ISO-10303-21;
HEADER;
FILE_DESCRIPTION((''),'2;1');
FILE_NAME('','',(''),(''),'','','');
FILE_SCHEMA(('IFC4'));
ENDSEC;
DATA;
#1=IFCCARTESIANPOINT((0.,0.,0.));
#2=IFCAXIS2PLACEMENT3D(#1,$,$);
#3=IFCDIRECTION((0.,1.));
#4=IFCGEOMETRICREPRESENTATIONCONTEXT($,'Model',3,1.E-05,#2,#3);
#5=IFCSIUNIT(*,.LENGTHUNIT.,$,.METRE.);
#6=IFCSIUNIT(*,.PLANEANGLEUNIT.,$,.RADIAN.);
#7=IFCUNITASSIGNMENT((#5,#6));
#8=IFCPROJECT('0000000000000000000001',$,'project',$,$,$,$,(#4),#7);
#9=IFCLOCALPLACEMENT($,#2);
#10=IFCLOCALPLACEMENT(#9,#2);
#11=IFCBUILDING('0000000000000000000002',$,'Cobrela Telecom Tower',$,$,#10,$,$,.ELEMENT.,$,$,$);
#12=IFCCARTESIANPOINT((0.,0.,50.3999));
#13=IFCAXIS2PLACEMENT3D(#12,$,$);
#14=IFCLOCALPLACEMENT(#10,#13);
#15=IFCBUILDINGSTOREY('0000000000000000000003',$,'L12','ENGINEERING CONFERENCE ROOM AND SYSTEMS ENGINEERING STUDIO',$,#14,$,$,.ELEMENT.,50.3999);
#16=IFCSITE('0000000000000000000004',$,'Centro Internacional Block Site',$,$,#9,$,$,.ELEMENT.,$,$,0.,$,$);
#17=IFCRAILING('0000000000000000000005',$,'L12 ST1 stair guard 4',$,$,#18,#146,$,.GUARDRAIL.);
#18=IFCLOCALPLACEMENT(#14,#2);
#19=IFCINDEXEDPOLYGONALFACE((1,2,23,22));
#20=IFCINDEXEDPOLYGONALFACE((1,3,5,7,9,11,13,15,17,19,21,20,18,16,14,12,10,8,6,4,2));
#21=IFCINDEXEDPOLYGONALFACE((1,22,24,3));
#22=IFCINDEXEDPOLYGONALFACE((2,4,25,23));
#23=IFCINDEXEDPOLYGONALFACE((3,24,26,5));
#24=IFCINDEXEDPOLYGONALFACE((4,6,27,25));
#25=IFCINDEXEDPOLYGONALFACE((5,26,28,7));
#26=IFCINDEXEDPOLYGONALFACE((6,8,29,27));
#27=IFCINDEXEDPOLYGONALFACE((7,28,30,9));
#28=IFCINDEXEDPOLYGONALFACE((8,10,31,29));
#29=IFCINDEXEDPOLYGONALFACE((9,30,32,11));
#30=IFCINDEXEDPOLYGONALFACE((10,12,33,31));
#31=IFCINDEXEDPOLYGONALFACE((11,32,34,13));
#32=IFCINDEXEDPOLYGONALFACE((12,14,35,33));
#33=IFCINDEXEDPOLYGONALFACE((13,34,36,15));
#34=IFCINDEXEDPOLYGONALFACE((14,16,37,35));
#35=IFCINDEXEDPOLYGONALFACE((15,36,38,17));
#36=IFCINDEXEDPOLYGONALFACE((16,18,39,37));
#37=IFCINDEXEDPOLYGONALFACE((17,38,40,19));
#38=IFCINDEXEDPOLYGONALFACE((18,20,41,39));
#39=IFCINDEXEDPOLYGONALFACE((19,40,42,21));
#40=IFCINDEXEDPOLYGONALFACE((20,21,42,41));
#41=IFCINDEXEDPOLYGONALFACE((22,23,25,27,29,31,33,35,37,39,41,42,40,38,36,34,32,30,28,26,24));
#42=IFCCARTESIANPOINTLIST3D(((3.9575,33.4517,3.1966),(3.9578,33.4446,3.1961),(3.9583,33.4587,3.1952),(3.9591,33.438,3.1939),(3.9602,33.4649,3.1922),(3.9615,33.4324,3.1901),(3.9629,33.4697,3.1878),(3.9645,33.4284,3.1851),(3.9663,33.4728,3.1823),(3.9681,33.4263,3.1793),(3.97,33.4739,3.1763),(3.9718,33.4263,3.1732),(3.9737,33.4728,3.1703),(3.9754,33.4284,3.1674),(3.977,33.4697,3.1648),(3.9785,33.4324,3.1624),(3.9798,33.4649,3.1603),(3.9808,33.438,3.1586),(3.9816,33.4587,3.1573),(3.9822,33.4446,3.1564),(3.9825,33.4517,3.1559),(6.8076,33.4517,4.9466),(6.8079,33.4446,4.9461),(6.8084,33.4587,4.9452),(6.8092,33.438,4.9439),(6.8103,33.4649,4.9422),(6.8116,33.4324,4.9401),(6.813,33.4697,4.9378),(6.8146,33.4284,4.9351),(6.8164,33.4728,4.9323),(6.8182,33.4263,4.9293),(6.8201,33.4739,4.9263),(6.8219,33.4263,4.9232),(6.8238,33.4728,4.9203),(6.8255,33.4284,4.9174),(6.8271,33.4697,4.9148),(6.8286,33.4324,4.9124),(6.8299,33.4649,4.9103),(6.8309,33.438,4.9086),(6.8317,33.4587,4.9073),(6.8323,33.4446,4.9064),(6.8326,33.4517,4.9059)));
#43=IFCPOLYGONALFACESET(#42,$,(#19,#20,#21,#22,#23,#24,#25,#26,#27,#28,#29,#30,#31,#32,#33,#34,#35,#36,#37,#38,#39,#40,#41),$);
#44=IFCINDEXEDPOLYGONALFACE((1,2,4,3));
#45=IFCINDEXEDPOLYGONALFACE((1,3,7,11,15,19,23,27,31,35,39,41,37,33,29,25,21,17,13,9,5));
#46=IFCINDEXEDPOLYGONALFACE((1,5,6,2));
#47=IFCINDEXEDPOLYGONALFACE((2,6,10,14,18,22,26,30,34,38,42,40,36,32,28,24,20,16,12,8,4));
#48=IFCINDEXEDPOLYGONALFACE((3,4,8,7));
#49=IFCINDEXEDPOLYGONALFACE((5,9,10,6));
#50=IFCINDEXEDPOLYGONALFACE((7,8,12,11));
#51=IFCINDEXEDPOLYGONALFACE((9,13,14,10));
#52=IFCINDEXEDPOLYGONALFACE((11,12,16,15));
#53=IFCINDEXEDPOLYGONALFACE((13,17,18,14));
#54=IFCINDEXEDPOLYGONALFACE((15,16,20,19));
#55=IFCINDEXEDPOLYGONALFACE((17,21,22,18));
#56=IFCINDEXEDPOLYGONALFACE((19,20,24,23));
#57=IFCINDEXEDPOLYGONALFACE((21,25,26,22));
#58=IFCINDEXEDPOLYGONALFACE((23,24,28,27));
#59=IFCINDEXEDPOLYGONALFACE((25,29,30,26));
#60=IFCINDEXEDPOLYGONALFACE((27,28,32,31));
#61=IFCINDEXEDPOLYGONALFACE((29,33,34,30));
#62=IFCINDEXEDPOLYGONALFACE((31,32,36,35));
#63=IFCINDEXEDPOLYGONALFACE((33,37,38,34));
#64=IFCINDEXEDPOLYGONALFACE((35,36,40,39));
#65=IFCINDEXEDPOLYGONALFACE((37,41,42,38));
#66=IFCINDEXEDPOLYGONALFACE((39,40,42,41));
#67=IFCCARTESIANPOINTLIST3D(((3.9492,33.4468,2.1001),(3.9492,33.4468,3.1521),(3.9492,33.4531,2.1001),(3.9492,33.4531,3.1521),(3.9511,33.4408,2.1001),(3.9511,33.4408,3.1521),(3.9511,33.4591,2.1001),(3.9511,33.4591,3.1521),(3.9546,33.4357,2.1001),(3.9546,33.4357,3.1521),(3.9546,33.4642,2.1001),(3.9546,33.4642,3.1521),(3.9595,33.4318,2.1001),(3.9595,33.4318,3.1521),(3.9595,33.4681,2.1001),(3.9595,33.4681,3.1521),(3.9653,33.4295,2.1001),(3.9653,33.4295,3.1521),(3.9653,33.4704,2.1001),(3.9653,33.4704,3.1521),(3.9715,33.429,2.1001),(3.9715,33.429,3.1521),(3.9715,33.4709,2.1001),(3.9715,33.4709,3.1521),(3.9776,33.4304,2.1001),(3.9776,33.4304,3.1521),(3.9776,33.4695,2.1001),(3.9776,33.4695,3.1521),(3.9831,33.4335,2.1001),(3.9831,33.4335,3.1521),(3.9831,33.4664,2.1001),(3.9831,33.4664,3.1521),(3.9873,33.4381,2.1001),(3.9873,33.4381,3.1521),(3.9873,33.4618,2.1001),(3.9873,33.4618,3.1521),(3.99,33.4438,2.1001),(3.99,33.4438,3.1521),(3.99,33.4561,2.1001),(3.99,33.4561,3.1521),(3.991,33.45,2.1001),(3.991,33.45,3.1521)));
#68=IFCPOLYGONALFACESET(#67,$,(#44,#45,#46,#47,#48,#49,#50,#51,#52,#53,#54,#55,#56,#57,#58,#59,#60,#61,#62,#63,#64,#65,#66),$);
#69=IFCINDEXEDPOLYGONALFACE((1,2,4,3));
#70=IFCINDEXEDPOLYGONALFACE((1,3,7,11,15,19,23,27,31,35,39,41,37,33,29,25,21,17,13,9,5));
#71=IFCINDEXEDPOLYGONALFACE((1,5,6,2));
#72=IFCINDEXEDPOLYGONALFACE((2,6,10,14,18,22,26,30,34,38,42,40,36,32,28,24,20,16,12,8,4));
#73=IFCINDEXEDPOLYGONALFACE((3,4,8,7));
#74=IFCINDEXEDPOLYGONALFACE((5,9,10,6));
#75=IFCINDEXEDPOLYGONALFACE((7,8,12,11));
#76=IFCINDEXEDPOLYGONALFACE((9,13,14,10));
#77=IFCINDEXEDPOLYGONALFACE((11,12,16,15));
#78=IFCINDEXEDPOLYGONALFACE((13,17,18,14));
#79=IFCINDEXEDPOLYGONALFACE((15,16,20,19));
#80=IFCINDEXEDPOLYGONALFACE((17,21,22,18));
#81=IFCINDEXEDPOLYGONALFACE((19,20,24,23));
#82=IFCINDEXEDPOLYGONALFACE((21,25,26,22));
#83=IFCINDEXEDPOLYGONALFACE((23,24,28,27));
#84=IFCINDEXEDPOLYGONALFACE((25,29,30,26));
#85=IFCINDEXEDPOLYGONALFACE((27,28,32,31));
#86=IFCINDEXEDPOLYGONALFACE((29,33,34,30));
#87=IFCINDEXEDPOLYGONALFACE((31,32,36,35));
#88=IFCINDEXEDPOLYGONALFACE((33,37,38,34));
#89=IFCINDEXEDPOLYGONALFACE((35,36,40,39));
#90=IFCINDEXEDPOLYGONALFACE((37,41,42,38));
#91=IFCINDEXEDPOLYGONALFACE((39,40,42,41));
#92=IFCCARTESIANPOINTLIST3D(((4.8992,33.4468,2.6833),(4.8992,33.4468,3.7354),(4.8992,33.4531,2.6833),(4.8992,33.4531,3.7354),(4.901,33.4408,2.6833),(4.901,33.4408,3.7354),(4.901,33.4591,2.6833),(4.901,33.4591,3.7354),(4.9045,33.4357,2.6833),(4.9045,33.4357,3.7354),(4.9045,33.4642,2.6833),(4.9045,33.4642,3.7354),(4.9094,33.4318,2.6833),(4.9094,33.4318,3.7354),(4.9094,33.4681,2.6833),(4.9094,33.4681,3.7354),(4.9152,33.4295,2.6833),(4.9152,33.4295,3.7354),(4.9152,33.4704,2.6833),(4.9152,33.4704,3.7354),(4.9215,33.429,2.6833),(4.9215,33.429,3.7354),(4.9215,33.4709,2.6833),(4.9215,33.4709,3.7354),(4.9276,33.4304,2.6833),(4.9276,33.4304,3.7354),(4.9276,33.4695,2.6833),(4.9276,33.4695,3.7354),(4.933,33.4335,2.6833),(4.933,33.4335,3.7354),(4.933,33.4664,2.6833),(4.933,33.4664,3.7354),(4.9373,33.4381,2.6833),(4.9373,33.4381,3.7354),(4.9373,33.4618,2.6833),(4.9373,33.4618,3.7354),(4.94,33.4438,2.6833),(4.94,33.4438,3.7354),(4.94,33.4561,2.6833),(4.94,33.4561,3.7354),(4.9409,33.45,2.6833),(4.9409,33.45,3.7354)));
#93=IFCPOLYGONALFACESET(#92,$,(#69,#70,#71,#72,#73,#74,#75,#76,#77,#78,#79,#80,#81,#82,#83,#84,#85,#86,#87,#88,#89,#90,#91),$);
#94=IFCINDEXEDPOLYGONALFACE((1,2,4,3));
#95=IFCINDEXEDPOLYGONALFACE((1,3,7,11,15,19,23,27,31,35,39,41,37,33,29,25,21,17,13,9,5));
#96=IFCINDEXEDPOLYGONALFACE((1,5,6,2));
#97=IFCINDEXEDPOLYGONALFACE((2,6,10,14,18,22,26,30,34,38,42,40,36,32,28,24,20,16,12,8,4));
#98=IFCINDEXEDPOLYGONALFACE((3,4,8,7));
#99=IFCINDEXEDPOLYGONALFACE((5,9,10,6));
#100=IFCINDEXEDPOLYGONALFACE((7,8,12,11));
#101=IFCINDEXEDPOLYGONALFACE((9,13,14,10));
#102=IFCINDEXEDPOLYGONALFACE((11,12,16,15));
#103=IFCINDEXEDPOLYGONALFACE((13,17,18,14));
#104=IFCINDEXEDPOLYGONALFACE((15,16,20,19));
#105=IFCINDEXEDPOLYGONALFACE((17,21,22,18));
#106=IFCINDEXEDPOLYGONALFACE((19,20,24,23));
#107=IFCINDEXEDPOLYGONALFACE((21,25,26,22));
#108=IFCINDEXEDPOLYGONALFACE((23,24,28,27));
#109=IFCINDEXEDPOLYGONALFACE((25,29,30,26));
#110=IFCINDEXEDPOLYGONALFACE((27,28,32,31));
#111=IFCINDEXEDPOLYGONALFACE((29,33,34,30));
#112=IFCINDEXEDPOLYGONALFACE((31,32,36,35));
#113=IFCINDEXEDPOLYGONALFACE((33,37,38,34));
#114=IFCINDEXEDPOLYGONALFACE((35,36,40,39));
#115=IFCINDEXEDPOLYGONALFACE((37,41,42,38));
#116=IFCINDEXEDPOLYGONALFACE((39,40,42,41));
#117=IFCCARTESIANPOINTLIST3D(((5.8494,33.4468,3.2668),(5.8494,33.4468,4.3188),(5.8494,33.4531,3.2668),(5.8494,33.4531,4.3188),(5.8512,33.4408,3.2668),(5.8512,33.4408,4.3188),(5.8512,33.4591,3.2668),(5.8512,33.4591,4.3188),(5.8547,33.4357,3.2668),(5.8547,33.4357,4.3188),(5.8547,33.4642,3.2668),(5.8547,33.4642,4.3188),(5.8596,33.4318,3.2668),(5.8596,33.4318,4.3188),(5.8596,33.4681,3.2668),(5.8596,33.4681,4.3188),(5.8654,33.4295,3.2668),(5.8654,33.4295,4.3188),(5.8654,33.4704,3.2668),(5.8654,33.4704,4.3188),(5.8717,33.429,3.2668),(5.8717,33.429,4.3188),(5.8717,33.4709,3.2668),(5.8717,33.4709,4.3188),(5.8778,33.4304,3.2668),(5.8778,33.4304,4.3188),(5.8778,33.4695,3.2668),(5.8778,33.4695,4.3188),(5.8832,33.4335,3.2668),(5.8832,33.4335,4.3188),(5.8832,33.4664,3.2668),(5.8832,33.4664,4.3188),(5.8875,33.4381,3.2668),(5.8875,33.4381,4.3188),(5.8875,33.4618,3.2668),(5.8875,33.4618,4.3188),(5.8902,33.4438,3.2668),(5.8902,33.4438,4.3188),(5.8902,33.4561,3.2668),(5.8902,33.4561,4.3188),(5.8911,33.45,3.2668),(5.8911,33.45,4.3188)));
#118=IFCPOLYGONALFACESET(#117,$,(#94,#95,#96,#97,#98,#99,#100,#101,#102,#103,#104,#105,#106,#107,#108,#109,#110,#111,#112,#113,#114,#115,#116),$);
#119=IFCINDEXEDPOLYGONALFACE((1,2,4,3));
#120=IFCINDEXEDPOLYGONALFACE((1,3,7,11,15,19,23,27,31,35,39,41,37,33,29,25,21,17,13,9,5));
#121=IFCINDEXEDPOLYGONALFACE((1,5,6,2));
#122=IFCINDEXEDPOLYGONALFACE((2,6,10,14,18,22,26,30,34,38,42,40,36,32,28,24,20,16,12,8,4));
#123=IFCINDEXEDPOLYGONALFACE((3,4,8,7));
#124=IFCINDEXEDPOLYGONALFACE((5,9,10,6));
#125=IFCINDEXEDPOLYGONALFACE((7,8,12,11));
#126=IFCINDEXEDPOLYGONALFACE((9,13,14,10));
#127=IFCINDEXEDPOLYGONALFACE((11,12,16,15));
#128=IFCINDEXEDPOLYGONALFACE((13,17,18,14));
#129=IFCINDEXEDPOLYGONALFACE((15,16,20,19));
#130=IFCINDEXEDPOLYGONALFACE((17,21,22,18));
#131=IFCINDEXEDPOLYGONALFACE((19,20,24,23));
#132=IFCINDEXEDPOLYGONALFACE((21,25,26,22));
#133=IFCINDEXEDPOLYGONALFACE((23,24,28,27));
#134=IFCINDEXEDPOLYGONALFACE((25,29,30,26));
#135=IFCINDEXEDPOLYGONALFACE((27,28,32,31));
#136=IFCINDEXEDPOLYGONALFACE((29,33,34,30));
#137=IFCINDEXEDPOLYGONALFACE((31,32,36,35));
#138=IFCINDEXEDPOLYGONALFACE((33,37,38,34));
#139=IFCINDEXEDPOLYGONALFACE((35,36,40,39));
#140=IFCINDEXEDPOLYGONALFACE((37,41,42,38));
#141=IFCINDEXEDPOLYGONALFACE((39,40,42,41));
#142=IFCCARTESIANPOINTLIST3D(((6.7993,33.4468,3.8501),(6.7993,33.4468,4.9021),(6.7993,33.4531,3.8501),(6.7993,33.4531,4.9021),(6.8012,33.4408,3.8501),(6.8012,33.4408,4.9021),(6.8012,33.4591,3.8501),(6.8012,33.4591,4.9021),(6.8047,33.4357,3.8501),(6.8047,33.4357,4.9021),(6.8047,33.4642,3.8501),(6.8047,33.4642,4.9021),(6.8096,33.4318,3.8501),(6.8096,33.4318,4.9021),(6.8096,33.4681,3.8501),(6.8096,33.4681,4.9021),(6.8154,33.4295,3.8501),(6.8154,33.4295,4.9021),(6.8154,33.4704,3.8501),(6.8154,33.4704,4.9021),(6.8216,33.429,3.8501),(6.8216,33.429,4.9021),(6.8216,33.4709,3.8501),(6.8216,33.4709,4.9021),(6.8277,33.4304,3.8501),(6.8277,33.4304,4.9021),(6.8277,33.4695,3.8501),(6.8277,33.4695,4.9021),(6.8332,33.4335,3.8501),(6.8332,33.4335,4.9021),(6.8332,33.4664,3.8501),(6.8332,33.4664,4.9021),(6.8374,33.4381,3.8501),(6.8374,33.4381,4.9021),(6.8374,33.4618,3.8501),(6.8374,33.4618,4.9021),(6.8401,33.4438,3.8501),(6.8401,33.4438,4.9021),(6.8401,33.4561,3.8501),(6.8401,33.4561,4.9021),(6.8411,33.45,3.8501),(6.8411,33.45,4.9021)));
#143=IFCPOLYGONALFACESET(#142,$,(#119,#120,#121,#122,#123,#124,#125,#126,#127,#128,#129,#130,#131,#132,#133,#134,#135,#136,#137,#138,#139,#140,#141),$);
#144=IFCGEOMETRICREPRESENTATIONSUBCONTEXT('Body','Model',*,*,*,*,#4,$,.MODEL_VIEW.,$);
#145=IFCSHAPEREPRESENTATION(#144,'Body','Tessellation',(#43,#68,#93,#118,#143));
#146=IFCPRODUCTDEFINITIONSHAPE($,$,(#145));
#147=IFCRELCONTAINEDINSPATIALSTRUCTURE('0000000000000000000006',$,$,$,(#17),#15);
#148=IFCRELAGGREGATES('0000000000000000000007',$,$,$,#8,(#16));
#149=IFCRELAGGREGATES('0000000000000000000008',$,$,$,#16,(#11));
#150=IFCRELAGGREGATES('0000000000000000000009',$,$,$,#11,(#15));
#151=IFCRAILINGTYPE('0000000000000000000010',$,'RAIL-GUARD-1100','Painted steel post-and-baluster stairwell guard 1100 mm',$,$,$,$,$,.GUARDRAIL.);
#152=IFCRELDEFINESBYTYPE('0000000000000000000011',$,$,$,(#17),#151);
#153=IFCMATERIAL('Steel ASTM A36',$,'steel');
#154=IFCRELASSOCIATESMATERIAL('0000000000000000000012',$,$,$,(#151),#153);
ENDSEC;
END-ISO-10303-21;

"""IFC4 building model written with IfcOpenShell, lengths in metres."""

from ifc_helpers import new_model, si_unit, direction, frame, origin, origin_2d, place, context, subcontext, project, spatial, circle, extrude, material, type_object, element, save


model = new_model("IFC4")

# Units and contexts
model_context = context("Model", 3, precision=1e-05, world=origin(), true_north=direction((0.0, 1.0)))
body_context = subcontext(model_context, "Body", "Model", "MODEL_VIEW")
ifc_project = project(units=[si_unit("LENGTHUNIT", "METRE"), si_unit("PLANEANGLEUNIT", "RADIAN")], contexts=[model_context])

# Site, building, storey
site_placement = place(None, origin())
site = spatial("IfcSite", under=ifc_project, at=site_placement, Name="Centro Internacional Block Site", CompositionType="ELEMENT", RefElevation=0.0)
building_placement = place(site_placement, origin())
building = spatial("IfcBuilding", under=site, at=building_placement, Name="Cobrela Telecom Tower", CompositionType="ELEMENT")
storey_placement = place(building_placement, frame((0.0, 0.0, 50.3999)))
storey = spatial("IfcBuildingStorey", under=building, at=storey_placement, Name="L12", Description="ENGINEERING CONFERENCE ROOM AND SYSTEMS ENGINEERING STUDIO", CompositionType="ELEMENT", Elevation=50.3999)

# Shared definitions
ifc_material_1 = material(Name="Steel ASTM A36", Category="steel")

# Railing
railing_type_1 = type_object("IfcRailingType", Name="RAIL-GUARD-1100", Description="Painted steel post-and-baluster stairwell guard 1100 mm", PredefinedType="GUARDRAIL", material=ifc_material_1)
railing_1_placement = place(storey_placement, frame((3.97, 33.45, 2.1001)))
element("IfcRailing", 1, at=railing_1_placement, inside=storey, type_object=railing_type_1, Name="L12 ST1 stair guard 4", PredefinedType="GUARDRAIL", context=body_context, shape_type="SweptSolid", body=[
    extrude(circle(Radius=0.0239, at=origin_2d()), frame((0.0, 0.0, 1.0762), z_axis=(0.852179, 0.0, 0.52325), x_axis=(0.0, 1.0, 0.0)), (0.0, 0.0, 1.0), 3.3445),
    extrude(circle(Radius=0.021, at=origin_2d()), origin(), (0.0, 0.0, 1.0), 1.052),
    extrude(circle(Radius=0.021, at=origin_2d()), frame((0.95, 0.0, 0.5833)), (0.0, 0.0, 1.0), 1.052),
    extrude(circle(Radius=0.021, at=origin_2d()), frame((1.9001, 0.0, 1.1667)), (0.0, 0.0, 1.0), 1.052),
    extrude(circle(Radius=0.021, at=origin_2d()), frame((2.8501, 0.0, 1.75)), (0.0, 0.0, 1.0), 1.052),
])

save(model, "model.ifc")
